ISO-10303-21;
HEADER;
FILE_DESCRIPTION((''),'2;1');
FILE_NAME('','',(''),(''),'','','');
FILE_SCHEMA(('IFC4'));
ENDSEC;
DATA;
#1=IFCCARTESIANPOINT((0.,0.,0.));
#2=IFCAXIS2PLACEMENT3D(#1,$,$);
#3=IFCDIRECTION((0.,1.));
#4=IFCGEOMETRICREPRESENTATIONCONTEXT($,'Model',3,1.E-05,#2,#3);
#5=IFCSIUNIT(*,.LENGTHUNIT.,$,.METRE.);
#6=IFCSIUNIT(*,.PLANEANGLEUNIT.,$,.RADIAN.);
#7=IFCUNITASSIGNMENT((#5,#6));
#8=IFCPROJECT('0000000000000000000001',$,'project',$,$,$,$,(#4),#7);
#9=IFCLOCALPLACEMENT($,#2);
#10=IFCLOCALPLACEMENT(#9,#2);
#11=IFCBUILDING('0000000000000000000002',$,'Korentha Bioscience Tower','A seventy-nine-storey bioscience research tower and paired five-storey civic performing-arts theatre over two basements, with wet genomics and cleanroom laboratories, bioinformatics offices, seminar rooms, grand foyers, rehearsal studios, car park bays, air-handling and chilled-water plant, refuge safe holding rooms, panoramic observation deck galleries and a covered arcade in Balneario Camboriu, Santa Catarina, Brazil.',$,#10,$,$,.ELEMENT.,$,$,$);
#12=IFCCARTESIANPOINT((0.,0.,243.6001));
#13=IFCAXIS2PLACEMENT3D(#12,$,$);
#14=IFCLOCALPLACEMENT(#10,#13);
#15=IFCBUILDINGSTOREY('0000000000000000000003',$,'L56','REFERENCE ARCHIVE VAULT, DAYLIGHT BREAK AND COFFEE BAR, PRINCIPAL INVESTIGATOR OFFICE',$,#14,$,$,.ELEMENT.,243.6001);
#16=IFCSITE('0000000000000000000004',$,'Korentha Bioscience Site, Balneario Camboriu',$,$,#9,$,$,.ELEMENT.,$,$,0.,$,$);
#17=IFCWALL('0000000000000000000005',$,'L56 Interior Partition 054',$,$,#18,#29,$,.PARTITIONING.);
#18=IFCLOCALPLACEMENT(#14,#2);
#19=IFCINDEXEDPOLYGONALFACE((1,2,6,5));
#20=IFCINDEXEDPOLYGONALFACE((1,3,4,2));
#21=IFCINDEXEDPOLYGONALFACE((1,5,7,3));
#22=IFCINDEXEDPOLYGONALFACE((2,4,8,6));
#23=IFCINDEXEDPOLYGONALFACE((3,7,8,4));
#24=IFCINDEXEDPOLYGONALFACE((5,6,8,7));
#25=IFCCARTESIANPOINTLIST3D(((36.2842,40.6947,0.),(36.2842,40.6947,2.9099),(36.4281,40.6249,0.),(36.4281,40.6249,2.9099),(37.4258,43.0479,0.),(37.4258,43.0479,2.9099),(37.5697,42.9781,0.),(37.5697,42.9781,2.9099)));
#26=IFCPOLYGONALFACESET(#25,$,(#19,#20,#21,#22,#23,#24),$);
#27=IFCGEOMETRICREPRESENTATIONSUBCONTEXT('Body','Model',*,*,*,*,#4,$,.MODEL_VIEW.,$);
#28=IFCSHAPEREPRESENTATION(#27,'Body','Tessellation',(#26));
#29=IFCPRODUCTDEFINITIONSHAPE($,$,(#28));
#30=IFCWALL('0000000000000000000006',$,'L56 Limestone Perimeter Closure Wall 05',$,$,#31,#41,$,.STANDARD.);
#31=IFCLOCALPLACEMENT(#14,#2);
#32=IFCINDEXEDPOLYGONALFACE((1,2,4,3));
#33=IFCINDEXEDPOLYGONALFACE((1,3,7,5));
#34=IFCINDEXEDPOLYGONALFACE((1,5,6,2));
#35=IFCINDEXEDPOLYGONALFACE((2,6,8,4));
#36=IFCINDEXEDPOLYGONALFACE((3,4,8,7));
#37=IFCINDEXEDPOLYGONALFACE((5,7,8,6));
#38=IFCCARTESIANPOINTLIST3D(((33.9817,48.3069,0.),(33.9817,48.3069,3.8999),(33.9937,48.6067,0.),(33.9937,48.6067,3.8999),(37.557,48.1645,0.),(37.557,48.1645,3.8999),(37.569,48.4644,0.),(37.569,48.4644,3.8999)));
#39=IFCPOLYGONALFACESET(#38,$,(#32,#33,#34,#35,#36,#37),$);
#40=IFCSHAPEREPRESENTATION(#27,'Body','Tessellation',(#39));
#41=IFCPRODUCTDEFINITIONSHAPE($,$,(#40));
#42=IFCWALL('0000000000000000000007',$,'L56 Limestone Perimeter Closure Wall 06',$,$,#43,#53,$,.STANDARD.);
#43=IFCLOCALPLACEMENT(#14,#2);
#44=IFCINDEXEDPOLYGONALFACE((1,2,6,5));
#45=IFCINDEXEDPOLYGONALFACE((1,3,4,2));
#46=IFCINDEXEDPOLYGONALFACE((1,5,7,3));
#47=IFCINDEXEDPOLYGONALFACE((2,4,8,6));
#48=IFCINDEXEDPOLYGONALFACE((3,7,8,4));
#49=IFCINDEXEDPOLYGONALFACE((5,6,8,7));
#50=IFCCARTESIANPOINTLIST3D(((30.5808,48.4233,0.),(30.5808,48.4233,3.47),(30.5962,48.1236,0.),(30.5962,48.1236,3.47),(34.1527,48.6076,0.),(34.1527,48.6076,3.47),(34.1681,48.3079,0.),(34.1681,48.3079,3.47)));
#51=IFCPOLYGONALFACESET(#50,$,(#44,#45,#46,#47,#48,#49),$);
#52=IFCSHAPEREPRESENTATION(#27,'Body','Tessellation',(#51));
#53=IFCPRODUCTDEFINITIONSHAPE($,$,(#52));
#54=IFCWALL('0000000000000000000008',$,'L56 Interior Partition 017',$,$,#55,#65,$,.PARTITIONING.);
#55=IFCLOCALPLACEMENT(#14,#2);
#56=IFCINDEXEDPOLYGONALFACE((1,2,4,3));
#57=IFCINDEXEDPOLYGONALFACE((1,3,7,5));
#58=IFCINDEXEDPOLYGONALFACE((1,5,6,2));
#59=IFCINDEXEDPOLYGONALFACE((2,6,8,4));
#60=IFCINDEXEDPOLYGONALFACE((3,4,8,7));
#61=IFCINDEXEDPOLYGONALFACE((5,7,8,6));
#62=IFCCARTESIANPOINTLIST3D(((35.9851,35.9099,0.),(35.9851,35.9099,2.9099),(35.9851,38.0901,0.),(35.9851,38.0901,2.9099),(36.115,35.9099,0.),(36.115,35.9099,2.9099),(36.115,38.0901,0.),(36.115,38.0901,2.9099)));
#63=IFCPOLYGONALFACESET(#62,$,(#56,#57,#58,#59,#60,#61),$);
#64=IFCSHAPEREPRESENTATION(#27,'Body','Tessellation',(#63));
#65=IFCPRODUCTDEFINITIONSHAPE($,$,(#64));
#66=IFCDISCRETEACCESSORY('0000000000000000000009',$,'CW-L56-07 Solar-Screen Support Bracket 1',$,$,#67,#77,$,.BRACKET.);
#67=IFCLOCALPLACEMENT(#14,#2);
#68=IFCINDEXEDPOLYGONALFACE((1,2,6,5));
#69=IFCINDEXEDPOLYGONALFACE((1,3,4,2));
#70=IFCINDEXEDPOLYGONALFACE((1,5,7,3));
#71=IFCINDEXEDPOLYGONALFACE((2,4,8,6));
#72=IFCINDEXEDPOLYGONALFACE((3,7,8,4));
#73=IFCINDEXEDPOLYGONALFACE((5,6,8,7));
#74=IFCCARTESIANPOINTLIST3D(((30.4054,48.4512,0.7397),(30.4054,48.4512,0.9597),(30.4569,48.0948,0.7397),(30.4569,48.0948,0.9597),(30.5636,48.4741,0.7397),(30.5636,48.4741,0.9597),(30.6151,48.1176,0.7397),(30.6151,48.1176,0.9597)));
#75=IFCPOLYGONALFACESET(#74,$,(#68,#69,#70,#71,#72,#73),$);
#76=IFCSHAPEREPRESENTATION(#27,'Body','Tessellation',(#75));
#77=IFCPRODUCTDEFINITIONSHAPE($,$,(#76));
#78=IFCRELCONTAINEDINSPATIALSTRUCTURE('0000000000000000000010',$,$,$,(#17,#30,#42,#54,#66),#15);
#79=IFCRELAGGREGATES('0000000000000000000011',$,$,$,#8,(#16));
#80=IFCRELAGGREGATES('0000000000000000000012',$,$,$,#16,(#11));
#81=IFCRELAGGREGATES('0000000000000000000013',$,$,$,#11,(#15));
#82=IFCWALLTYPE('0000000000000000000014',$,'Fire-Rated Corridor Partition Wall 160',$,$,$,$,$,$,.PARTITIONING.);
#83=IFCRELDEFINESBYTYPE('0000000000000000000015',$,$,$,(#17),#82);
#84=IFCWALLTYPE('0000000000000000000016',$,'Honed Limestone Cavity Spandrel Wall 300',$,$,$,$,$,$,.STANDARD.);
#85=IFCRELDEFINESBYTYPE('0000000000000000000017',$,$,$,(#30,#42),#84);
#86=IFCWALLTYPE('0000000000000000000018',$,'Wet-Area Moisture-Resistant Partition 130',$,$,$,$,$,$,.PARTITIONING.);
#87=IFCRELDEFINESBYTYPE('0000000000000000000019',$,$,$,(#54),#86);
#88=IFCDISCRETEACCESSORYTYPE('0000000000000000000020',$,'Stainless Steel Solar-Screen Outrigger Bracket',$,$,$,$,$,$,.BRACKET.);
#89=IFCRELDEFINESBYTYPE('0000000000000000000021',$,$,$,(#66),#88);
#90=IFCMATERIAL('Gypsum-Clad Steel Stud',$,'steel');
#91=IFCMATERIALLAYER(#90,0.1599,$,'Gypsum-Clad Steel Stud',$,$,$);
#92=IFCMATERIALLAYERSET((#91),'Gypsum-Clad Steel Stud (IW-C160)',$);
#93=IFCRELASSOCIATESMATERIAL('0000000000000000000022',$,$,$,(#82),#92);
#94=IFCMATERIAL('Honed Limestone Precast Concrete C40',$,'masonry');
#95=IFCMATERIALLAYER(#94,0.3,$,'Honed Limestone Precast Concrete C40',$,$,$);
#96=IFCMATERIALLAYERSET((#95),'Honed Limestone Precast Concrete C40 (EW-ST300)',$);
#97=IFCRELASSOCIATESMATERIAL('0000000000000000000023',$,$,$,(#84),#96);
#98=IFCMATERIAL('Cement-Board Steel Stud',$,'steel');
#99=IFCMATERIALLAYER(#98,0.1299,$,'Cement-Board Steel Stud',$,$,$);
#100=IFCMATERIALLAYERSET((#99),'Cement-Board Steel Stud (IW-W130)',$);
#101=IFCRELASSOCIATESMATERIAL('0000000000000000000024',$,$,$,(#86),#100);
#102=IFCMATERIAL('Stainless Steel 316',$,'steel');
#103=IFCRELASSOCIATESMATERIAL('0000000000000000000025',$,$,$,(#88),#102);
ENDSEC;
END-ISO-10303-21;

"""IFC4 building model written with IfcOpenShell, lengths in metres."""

from ifc_helpers import new_model, si_unit, direction, frame, frame_2d, origin, origin_2d, place, context, subcontext, project, spatial, rectangle, extrude, material, layer, layer_set, type_object, element, save


model = new_model("IFC4")

# Units and contexts
model_context = context("Model", 3, precision=1e-05, world=origin(), true_north=direction((0.0, 1.0)))
body_context = subcontext(model_context, "Body", "Model", "MODEL_VIEW")
ifc_project = project(units=[si_unit("LENGTHUNIT", "METRE"), si_unit("PLANEANGLEUNIT", "RADIAN")], contexts=[model_context])

# Site, building, storey
site_placement = place(None, origin())
site = spatial("IfcSite", under=ifc_project, at=site_placement, Name="Korentha Bioscience Site, Balneario Camboriu", CompositionType="ELEMENT", RefElevation=0.0)
building_placement = place(site_placement, origin())
building = spatial("IfcBuilding", under=site, at=building_placement, Name="Korentha Bioscience Tower", Description="A seventy-nine-storey bioscience research tower and paired five-storey civic performing-arts theatre over two basements, with wet genomics and cleanroom laboratories, bioinformatics offices, seminar rooms, grand foyers, rehearsal studios, car park bays, air-handling and chilled-water plant, refuge safe holding rooms, panoramic observation deck galleries and a covered arcade in Balneario Camboriu, Santa Catarina, Brazil.", CompositionType="ELEMENT")
storey_placement = place(building_placement, frame((0.0, 0.0, 243.6001)))
storey = spatial("IfcBuildingStorey", under=building, at=storey_placement, Name="L56", Description="REFERENCE ARCHIVE VAULT, DAYLIGHT BREAK AND COFFEE BAR, PRINCIPAL INVESTIGATOR OFFICE", CompositionType="ELEMENT", Elevation=243.6001)

# Shared definitions
ifc_material_1 = material(Name="Gypsum-Clad Steel Stud", Category="steel")
ifc_layer_1 = layer(ifc_material_1, 0.1599, Name="Gypsum-Clad Steel Stud")
ifc_layer_set_1 = layer_set([ifc_layer_1], Name="Gypsum-Clad Steel Stud (IW-C160)")
wall_type_1 = type_object("IfcWallType", Name="Fire-Rated Corridor Partition Wall 160", PredefinedType="PARTITIONING", material=ifc_layer_set_1)

# Walls
wall_1_placement = place(storey_placement, frame((36.3562, 40.6599, 0.0), z_axis=(0.0, 0.0, 1.0), x_axis=(0.436466, 0.899721, 0.0)))
element("IfcWall", 1, at=wall_1_placement, inside=storey, type_object=wall_type_1, Name="L56 Interior Partition 054", PredefinedType="PARTITIONING", context=body_context, shape_type="SweptSolid", body=[
    extrude(rectangle(XDim=2.6155, YDim=0.1599, at=frame_2d((1.3076, 0.0))), origin(), (0.0, 0.0, 1.0), 2.9099),
])
ifc_material_2 = material(Name="Honed Limestone Precast Concrete C40", Category="masonry")
ifc_layer_2 = layer(ifc_material_2, 0.3, Name="Honed Limestone Precast Concrete C40")
ifc_layer_set_2 = layer_set([ifc_layer_2], Name="Honed Limestone Precast Concrete C40 (EW-ST300)")
wall_type_2 = type_object("IfcWallType", Name="Honed Limestone Cavity Spandrel Wall 300", PredefinedType="STANDARD", material=ifc_layer_set_2)
wall_2_placement = place(storey_placement, frame((37.563, 48.3145, 0.0), z_axis=(0.0, 0.0, 1.0), x_axis=(-0.999208, 0.03978, 0.0)))
element("IfcWall", 2, at=wall_2_placement, inside=storey, type_object=wall_type_2, Name="L56 Limestone Perimeter Closure Wall 05", PredefinedType="STANDARD", context=body_context, shape_type="SweptSolid", body=[
    extrude(rectangle(XDim=3.5781, YDim=0.3, at=frame_2d((1.7891, 0.0))), origin(), (0.0, 0.0, 1.0), 3.8999),
])
wall_3_placement = place(storey_placement, frame((34.1604, 48.4578, 0.0), z_axis=(0.0, 0.0, 1.0), x_axis=(-0.998671, -0.051534, 0.0)))
element("IfcWall", 3, at=wall_3_placement, inside=storey, type_object=wall_type_2, Name="L56 Limestone Perimeter Closure Wall 06", PredefinedType="STANDARD", context=body_context, shape_type="SweptSolid", body=[
    extrude(rectangle(XDim=3.5767, YDim=0.3, at=frame_2d((1.7883, 0.0))), origin(), (0.0, 0.0, 1.0), 3.47),
])

# Shared definitions
ifc_material_3 = material(Name="Cement-Board Steel Stud", Category="steel")
ifc_layer_3 = layer(ifc_material_3, 0.1299, Name="Cement-Board Steel Stud")
ifc_layer_set_3 = layer_set([ifc_layer_3], Name="Cement-Board Steel Stud (IW-W130)")
wall_type_3 = type_object("IfcWallType", Name="Wet-Area Moisture-Resistant Partition 130", PredefinedType="PARTITIONING", material=ifc_layer_set_3)

# Wall
wall_4_placement = place(storey_placement, frame((36.05, 38.0901, 0.0), z_axis=(0.0, 0.0, 1.0), x_axis=(0.0, -1.0, 0.0)))
element("IfcWall", 4, at=wall_4_placement, inside=storey, type_object=wall_type_3, Name="L56 Interior Partition 017", PredefinedType="PARTITIONING", context=body_context, shape_type="SweptSolid", body=[
    extrude(rectangle(XDim=2.1802, YDim=0.1299, at=frame_2d((1.0901, 0.0))), origin(), (0.0, 0.0, 1.0), 2.9099),
])

# Discrete accessory
ifc_material_4 = material(Name="Stainless Steel 316", Category="steel")
discrete_accessory_type = type_object("IfcDiscreteAccessoryType", Name="Stainless Steel Solar-Screen Outrigger Bracket", PredefinedType="BRACKET", material=ifc_material_4)
discrete_accessory_placement = place(storey_placement, frame((30.5103, 48.2844, 0.7397), z_axis=(0.0, 0.0, 1.0), x_axis=(-0.989729, -0.142956, 0.0)))
element("IfcDiscreteAccessory", 5, at=discrete_accessory_placement, inside=storey, type_object=discrete_accessory_type, Name="CW-L56-07 Solar-Screen Support Bracket 1", PredefinedType="BRACKET", context=body_context, shape_type="SweptSolid", body=[
    extrude(rectangle(XDim=0.1599, YDim=0.3601, at=origin_2d()), origin(), (0.0, 0.0, 1.0), 0.22),
])

save(model, "model.ifc")
